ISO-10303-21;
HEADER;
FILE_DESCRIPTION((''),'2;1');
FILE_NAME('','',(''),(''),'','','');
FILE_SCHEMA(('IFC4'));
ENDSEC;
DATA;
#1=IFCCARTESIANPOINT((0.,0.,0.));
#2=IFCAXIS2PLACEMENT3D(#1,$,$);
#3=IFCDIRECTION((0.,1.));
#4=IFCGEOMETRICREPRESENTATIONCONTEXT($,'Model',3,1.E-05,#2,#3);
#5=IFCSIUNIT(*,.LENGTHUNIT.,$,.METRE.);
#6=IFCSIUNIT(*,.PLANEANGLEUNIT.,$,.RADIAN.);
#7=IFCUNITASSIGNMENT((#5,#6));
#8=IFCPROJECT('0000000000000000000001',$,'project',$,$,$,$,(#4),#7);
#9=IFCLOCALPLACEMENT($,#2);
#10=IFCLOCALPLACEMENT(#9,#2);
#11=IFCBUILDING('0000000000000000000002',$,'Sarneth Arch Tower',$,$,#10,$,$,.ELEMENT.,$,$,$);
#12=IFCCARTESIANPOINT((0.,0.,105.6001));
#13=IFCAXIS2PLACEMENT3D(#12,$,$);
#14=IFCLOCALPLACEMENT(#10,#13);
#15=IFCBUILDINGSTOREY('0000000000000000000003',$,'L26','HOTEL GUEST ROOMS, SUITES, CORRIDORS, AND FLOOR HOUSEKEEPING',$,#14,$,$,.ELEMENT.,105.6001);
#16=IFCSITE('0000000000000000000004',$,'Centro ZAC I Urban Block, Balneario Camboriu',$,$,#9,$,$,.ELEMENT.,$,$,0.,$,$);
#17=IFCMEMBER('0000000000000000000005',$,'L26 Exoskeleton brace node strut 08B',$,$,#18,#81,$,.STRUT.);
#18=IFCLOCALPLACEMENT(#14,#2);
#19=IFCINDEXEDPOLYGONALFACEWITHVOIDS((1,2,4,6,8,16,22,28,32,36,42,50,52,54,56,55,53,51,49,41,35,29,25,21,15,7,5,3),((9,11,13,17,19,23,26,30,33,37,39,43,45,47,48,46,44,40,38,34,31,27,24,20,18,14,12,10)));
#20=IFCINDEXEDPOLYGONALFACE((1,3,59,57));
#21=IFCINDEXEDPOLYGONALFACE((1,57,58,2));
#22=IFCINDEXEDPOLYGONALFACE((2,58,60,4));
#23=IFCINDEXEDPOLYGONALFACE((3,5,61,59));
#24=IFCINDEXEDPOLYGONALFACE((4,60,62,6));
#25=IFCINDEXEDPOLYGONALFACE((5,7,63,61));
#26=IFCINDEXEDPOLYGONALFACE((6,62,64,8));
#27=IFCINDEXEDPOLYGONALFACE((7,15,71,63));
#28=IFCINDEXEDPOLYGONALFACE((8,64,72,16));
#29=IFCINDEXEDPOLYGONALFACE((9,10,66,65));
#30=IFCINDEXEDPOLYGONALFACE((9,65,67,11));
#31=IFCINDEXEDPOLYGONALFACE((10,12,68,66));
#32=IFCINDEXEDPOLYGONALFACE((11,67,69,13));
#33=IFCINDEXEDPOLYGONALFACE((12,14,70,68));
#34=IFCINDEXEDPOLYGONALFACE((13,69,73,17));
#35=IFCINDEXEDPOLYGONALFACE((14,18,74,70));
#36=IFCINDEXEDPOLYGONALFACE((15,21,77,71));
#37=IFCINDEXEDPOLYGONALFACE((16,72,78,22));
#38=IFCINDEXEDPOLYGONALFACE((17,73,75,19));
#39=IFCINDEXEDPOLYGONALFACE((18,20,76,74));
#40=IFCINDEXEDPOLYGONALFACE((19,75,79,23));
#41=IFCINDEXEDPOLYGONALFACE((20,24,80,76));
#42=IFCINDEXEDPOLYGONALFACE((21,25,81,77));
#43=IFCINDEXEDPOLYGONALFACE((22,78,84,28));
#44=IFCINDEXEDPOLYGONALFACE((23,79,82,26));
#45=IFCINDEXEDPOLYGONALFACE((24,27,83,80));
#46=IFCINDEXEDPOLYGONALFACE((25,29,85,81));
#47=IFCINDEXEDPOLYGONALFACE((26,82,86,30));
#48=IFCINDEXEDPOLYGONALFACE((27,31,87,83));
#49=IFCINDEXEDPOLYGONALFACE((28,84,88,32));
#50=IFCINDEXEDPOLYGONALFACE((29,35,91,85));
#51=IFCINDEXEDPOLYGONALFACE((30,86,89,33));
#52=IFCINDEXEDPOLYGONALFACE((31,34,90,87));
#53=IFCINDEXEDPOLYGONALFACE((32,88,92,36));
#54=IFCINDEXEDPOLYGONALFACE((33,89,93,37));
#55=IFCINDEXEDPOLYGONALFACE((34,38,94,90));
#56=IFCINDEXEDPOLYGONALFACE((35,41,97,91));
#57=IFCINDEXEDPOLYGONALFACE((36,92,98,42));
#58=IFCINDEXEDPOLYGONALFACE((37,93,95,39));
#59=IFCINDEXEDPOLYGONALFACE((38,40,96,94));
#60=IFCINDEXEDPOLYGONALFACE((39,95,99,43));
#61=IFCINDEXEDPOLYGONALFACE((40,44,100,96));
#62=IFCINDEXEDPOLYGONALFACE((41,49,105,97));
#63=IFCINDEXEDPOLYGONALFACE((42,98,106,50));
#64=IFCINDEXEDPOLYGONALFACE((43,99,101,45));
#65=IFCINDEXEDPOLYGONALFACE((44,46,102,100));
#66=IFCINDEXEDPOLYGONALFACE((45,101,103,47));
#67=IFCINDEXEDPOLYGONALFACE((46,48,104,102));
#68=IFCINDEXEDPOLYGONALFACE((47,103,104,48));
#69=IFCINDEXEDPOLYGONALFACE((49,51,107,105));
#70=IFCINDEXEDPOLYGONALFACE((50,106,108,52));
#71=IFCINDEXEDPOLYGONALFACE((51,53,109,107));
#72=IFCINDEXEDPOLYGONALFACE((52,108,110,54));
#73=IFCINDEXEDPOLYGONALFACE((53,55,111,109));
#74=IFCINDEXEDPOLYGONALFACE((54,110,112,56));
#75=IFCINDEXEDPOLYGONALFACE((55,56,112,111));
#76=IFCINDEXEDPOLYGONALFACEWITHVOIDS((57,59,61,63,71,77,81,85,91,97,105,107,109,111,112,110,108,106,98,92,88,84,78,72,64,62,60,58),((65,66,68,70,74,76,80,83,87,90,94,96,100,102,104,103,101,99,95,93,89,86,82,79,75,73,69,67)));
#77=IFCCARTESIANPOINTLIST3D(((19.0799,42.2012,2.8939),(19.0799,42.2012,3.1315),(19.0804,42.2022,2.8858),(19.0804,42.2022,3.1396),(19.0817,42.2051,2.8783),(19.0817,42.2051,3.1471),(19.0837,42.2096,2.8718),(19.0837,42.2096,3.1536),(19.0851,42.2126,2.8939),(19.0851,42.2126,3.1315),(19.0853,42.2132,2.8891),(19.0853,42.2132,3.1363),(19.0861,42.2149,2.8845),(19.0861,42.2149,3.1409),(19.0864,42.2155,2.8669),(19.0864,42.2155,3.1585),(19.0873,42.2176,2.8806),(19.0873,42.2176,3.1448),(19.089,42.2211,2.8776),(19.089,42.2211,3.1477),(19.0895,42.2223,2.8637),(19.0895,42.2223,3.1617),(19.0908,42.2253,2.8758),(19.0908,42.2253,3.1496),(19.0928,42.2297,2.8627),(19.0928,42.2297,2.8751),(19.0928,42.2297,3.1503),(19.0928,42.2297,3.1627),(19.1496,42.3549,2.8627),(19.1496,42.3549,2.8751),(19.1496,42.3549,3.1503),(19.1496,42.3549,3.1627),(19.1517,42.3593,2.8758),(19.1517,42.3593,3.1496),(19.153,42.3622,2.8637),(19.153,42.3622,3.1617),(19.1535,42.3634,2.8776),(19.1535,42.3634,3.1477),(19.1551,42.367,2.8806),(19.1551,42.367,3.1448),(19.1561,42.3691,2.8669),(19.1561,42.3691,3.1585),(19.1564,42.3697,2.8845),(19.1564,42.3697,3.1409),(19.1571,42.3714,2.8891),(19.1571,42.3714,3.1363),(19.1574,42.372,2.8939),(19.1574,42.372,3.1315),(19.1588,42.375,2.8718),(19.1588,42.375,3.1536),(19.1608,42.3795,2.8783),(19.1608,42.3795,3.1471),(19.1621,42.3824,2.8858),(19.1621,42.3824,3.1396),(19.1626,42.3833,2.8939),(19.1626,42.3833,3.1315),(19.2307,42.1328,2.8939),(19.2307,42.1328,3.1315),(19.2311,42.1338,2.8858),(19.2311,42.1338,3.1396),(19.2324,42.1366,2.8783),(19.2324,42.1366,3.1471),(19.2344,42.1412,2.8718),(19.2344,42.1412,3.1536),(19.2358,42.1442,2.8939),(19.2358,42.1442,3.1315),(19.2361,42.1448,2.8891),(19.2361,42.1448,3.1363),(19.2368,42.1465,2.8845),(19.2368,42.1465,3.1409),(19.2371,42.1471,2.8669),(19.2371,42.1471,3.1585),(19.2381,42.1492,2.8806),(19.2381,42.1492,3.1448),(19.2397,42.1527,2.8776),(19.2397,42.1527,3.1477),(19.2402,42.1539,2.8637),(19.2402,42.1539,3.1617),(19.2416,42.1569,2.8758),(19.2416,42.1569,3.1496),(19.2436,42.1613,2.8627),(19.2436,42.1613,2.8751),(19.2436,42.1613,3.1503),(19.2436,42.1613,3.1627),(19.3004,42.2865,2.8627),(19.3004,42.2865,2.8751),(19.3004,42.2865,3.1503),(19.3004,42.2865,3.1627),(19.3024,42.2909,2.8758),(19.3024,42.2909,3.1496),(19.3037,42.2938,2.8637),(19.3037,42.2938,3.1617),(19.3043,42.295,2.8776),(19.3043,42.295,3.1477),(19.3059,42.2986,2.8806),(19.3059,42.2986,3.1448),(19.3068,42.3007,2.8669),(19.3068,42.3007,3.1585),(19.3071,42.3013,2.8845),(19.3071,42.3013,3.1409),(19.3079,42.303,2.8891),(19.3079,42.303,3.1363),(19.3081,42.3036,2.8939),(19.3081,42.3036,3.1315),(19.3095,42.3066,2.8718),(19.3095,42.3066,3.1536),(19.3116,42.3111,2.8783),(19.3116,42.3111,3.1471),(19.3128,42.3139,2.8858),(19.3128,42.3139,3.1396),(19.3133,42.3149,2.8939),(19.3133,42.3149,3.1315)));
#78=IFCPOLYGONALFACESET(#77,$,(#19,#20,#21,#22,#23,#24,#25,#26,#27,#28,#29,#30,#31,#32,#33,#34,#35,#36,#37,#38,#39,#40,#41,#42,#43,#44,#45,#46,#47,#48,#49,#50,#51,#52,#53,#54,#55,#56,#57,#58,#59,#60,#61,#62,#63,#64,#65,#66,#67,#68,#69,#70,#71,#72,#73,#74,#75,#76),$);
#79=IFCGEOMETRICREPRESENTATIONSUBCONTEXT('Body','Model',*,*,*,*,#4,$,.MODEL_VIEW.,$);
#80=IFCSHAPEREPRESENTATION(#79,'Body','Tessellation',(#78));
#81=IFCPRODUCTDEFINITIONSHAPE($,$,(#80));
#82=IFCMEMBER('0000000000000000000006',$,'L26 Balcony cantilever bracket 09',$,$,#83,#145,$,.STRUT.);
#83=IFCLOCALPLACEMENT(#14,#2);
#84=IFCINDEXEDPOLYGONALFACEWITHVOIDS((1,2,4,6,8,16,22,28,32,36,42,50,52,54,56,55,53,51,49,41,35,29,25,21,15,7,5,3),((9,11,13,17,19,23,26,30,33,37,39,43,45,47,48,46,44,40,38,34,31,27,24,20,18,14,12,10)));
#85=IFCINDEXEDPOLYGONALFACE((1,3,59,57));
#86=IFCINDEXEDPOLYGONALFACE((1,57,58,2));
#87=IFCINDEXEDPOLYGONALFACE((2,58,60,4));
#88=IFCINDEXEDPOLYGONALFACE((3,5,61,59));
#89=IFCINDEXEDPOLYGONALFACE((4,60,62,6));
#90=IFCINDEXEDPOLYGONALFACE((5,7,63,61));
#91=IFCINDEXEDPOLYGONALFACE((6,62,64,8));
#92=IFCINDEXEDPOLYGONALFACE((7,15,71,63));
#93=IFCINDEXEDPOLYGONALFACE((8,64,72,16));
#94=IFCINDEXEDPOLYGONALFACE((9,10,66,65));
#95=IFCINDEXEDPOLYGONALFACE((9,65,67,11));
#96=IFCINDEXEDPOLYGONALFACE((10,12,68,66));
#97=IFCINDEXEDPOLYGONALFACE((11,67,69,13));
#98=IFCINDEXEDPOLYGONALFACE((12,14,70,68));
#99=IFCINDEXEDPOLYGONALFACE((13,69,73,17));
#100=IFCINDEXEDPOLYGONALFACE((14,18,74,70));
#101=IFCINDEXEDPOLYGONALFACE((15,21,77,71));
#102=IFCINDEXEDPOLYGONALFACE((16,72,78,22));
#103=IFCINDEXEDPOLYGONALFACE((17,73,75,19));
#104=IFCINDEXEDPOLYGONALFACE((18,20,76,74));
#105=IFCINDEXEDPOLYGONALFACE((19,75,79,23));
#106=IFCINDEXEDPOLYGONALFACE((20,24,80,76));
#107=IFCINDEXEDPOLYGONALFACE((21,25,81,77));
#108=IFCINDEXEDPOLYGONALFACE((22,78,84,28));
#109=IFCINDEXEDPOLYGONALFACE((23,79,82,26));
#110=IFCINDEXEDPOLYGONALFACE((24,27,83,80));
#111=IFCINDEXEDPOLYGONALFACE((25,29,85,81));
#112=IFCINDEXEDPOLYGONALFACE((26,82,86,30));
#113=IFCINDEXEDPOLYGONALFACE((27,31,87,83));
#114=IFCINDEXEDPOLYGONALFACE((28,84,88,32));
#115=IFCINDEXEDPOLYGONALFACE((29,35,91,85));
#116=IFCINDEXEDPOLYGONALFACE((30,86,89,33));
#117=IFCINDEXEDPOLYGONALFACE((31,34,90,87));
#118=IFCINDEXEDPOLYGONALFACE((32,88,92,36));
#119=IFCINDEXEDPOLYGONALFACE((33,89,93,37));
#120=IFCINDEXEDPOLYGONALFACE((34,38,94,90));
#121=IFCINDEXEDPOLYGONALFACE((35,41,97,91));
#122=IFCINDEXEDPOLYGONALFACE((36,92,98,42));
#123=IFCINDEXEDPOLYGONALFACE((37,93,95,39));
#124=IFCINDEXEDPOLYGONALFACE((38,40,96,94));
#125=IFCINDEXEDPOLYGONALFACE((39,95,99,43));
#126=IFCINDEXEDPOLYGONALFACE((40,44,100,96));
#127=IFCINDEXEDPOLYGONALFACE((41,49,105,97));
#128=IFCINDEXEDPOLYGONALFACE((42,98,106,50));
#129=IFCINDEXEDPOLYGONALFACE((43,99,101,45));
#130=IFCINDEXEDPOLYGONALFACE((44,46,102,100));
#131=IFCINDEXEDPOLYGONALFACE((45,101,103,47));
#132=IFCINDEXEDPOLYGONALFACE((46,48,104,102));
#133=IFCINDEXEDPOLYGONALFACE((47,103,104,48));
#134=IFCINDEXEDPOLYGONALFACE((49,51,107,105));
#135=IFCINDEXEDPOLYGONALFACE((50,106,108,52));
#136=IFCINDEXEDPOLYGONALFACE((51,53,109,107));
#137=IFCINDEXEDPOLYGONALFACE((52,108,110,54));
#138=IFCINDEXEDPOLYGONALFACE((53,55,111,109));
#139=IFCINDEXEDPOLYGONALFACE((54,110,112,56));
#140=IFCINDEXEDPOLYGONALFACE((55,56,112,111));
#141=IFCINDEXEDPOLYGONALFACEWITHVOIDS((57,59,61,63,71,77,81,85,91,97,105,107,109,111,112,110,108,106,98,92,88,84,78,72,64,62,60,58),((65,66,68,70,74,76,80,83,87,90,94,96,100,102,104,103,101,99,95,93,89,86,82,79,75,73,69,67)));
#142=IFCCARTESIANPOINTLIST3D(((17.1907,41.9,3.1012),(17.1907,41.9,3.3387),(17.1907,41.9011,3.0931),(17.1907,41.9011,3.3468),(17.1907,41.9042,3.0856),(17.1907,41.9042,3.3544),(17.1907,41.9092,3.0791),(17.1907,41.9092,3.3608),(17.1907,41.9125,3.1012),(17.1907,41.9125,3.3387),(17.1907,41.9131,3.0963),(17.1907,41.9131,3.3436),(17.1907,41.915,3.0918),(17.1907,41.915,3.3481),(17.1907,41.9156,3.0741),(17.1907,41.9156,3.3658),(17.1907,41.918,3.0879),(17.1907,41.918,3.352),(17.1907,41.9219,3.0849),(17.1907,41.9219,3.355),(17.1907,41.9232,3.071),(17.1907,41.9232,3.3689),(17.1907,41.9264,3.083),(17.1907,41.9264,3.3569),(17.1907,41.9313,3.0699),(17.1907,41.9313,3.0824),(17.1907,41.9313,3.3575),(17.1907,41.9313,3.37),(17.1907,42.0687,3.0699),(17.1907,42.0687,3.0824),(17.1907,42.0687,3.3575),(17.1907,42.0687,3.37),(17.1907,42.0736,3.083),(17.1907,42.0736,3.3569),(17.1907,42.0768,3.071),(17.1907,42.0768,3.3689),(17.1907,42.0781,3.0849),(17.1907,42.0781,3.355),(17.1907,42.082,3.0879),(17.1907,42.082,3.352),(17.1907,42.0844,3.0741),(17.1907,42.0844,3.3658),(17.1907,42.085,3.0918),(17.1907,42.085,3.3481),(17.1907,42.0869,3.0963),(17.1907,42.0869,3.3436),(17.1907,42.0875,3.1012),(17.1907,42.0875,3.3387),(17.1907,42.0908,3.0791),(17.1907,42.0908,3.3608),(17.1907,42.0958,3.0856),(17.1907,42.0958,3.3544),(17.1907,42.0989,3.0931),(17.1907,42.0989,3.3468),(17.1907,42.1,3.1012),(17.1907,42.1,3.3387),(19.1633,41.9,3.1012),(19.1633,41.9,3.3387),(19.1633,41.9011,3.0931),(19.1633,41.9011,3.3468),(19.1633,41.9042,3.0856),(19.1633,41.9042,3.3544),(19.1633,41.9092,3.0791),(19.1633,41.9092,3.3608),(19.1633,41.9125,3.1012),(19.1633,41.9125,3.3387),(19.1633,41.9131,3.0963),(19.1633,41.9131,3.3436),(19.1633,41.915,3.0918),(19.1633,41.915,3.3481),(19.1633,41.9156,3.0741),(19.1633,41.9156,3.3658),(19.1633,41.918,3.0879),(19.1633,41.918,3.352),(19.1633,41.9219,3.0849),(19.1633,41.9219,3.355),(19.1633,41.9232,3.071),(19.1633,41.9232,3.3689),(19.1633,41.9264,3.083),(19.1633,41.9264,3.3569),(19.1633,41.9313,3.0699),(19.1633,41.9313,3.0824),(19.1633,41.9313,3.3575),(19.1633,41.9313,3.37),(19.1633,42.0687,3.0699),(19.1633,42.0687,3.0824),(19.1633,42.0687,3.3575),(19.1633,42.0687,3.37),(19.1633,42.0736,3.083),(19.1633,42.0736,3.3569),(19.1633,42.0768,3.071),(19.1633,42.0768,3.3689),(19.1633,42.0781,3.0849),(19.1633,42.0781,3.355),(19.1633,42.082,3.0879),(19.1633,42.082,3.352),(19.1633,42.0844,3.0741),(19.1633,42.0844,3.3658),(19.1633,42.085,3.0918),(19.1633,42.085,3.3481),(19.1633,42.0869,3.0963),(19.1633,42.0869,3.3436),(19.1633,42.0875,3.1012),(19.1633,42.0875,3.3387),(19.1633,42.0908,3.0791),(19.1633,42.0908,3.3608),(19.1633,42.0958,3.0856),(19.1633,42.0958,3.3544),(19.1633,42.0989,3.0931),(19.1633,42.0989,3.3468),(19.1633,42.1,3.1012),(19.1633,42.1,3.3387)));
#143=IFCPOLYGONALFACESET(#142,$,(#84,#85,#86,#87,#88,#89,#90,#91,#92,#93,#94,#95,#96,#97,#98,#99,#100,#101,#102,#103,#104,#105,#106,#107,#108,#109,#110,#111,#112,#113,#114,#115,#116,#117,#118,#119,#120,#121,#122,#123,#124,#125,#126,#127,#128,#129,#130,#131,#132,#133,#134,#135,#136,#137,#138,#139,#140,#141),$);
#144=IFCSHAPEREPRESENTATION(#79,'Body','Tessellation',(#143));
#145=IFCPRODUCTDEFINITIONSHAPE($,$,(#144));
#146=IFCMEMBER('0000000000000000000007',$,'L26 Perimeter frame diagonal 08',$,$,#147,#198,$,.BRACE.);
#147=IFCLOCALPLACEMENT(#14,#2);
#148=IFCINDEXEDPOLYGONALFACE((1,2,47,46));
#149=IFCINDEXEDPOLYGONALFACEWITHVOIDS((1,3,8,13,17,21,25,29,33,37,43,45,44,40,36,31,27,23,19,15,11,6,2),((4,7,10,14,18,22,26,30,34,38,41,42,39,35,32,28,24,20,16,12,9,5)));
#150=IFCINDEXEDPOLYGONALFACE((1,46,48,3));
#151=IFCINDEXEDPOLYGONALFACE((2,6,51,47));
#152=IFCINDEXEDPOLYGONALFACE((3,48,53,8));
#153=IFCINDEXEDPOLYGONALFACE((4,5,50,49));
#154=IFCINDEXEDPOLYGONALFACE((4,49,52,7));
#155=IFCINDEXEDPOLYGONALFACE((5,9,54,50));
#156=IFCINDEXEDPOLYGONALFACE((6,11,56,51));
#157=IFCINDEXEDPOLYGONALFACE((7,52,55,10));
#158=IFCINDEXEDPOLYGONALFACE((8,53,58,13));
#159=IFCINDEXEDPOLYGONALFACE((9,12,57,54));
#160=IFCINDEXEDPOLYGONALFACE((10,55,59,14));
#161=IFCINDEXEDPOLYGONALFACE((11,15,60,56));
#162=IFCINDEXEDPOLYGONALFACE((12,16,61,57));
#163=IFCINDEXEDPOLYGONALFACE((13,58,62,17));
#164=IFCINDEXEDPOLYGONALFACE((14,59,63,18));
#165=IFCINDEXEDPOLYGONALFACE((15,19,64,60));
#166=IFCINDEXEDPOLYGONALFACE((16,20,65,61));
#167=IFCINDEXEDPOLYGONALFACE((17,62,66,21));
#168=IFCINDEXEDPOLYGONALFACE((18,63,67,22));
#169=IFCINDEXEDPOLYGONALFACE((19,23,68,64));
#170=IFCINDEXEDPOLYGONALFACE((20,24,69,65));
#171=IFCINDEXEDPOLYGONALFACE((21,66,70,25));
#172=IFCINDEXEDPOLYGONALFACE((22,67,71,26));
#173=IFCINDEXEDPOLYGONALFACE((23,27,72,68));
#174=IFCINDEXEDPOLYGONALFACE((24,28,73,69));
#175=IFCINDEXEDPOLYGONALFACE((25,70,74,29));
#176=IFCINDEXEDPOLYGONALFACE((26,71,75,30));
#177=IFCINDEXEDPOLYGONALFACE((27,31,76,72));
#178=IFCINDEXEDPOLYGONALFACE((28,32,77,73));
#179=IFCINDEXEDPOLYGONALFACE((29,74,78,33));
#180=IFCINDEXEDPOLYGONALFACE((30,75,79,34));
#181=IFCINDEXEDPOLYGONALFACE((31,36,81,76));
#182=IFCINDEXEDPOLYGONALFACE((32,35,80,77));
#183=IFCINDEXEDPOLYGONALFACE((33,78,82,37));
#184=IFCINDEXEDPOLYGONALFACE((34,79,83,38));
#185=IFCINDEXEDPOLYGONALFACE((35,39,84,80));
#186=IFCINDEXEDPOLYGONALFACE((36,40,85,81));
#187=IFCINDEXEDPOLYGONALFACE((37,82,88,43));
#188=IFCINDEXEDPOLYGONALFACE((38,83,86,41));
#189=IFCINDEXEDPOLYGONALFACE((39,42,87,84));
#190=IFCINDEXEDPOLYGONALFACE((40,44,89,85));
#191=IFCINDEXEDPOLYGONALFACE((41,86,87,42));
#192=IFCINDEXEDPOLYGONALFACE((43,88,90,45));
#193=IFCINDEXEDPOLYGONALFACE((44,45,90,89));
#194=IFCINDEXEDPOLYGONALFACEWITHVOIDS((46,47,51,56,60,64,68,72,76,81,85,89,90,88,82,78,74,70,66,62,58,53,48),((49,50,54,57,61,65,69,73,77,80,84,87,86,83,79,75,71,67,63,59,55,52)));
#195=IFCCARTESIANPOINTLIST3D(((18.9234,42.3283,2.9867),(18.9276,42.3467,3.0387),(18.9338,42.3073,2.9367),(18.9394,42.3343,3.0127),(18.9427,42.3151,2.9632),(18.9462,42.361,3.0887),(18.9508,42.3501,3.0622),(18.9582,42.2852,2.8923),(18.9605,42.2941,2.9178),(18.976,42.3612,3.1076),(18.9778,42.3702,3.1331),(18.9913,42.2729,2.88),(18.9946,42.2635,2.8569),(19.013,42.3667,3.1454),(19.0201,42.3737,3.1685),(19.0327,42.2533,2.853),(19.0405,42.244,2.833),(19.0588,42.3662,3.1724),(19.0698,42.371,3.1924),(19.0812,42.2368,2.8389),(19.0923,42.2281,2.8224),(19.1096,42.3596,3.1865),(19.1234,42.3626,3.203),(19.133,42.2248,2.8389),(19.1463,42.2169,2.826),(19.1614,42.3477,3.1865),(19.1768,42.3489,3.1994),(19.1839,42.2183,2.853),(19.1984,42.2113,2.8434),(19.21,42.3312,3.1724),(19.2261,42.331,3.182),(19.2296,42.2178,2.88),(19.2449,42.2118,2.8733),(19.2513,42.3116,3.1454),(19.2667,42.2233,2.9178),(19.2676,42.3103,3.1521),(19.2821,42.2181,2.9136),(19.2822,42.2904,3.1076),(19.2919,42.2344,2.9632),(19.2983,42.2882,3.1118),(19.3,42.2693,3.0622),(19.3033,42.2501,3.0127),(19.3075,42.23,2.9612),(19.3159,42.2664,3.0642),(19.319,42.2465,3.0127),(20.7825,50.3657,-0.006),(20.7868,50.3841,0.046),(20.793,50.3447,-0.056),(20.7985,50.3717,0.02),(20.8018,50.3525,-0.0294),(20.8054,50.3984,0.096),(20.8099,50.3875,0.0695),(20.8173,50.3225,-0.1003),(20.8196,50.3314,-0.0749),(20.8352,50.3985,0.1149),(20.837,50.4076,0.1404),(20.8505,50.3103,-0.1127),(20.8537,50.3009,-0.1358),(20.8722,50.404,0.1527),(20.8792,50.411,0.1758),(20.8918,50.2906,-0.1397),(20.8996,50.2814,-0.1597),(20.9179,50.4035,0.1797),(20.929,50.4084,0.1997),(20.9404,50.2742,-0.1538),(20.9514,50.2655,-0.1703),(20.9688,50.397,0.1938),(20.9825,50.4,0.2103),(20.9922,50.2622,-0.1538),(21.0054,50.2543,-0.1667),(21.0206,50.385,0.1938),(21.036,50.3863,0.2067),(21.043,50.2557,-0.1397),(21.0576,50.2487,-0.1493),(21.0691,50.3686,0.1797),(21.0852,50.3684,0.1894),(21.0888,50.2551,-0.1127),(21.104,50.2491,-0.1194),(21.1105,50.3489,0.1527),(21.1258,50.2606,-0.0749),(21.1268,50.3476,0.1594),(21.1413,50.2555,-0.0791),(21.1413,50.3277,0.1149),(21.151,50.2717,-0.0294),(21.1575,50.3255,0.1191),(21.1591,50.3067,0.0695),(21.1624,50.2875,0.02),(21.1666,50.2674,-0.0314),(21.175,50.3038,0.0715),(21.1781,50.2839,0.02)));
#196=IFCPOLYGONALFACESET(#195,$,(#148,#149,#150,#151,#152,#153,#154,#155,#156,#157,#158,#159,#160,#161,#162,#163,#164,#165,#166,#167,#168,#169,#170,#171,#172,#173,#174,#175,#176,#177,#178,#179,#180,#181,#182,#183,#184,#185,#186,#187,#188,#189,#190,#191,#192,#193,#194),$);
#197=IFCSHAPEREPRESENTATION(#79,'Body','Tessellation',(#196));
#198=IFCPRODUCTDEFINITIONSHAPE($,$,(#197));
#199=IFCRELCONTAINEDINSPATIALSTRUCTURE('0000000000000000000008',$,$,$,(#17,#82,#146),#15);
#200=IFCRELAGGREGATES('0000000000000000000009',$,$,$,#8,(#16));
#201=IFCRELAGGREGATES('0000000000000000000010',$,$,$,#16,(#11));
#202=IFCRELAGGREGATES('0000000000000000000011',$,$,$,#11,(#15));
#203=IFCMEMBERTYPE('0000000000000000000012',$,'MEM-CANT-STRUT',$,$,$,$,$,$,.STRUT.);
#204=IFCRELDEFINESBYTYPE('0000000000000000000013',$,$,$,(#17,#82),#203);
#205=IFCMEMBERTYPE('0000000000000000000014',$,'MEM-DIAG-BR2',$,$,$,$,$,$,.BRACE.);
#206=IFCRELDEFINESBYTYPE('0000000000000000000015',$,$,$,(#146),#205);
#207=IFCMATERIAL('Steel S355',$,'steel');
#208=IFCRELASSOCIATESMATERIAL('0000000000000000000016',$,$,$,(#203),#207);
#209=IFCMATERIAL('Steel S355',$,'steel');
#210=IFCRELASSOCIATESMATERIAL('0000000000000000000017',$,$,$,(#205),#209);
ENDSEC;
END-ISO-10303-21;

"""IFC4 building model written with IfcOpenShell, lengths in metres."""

from ifc_helpers import new_model, si_unit, direction, frame, origin, origin_2d, place, context, subcontext, project, spatial, hollow_rectangle, hollow_circle, extrude, material, material_profile, profile_set, type_object, element, save


model = new_model("IFC4")

# Units and contexts
model_context = context("Model", 3, precision=1e-05, world=origin(), true_north=direction((0.0, 1.0)))
body_context = subcontext(model_context, "Body", "Model", "MODEL_VIEW")
ifc_project = project(units=[si_unit("LENGTHUNIT", "METRE"), si_unit("PLANEANGLEUNIT", "RADIAN")], contexts=[model_context])

# Site, building, storey
site_placement = place(None, origin())
site = spatial("IfcSite", under=ifc_project, at=site_placement, Name="Centro ZAC I Urban Block, Balneario Camboriu", CompositionType="ELEMENT", RefElevation=0.0)
building_placement = place(site_placement, origin())
building = spatial("IfcBuilding", under=site, at=building_placement, Name="Sarneth Arch Tower", CompositionType="ELEMENT")
storey_placement = place(building_placement, frame((0.0, 0.0, 105.6001)))
storey = spatial("IfcBuildingStorey", under=building, at=storey_placement, Name="L26", Description="HOTEL GUEST ROOMS, SUITES, CORRIDORS, AND FLOOR HOUSEKEEPING", CompositionType="ELEMENT", Elevation=105.6001)

# Members
ifc_material_1 = material(Name="Steel S355", Category="steel")
ifc_material_profile_1 = material_profile(ifc_material_1, hollow_rectangle(XDim=0.2, YDim=0.3, WallThickness=0.0125, InnerFilletRadius=0.0188, OuterFilletRadius=0.0312, at=origin_2d()), Name="RHS300x200x12.5")
ifc_profile_set_1 = profile_set([ifc_material_profile_1], Name="Steel S355")
member_type_1 = type_object("IfcMemberType", Name="MEM-CANT-STRUT", PredefinedType="STRUT", material=ifc_profile_set_1)
member_1_placement = place(storey_placement, frame((19.272, 42.2239, 3.0127), z_axis=(-0.910619, 0.413247, 0.0), x_axis=(-0.413247, -0.910619, 0.0)))
element("IfcMember", 1, at=member_1_placement, inside=storey, type_object=member_type_1, Name="L26 Exoskeleton brace node strut 08B", PredefinedType="STRUT", context=body_context, shape_type="SweptSolid", body=[
    extrude(hollow_rectangle(XDim=0.2, YDim=0.3, WallThickness=0.0125, InnerFilletRadius=0.0188, OuterFilletRadius=0.0312, at=origin_2d()), origin(), (0.0, 0.0, 1.0), 0.1655),
])
member_2_placement = place(storey_placement, frame((19.1633, 42.0, 3.22), z_axis=(-1.0, 0.0, 0.0), x_axis=(0.0, -1.0, 0.0)))
element("IfcMember", 2, at=member_2_placement, inside=storey, type_object=member_type_1, Name="L26 Balcony cantilever bracket 09", PredefinedType="STRUT", context=body_context, shape_type="SweptSolid", body=[
    extrude(hollow_rectangle(XDim=0.2, YDim=0.3, WallThickness=0.0125, InnerFilletRadius=0.0188, OuterFilletRadius=0.0312, at=origin_2d()), origin(), (0.0, 0.0, 1.0), 1.9727),
])
ifc_material_2 = material(Name="Steel S355", Category="steel")
ifc_material_profile_2 = material_profile(ifc_material_2, hollow_circle(Radius=0.2029, WallThickness=0.0161, at=origin_2d()), Name="CHS406x16")
ifc_profile_set_2 = profile_set([ifc_material_profile_2], Name="Steel S355")
member_type_2 = type_object("IfcMemberType", Name="MEM-DIAG-BR2", PredefinedType="BRACE", material=ifc_profile_set_2)
member_3_placement = place(storey_placement, frame((20.9805, 50.3296, 0.02), z_axis=(-0.211852, -0.915873, 0.341022), x_axis=(0.974275, -0.225361, 0.0)))
element("IfcMember", 3, at=member_3_placement, inside=storey, type_object=member_type_2, Name="L26 Perimeter frame diagonal 08", PredefinedType="BRACE", context=body_context, shape_type="SweptSolid", body=[
    extrude(hollow_circle(Radius=0.2029, WallThickness=0.0161, at=origin_2d()), origin(), (0.0, 0.0, 1.0), 8.7756),
])

save(model, "model.ifc")
